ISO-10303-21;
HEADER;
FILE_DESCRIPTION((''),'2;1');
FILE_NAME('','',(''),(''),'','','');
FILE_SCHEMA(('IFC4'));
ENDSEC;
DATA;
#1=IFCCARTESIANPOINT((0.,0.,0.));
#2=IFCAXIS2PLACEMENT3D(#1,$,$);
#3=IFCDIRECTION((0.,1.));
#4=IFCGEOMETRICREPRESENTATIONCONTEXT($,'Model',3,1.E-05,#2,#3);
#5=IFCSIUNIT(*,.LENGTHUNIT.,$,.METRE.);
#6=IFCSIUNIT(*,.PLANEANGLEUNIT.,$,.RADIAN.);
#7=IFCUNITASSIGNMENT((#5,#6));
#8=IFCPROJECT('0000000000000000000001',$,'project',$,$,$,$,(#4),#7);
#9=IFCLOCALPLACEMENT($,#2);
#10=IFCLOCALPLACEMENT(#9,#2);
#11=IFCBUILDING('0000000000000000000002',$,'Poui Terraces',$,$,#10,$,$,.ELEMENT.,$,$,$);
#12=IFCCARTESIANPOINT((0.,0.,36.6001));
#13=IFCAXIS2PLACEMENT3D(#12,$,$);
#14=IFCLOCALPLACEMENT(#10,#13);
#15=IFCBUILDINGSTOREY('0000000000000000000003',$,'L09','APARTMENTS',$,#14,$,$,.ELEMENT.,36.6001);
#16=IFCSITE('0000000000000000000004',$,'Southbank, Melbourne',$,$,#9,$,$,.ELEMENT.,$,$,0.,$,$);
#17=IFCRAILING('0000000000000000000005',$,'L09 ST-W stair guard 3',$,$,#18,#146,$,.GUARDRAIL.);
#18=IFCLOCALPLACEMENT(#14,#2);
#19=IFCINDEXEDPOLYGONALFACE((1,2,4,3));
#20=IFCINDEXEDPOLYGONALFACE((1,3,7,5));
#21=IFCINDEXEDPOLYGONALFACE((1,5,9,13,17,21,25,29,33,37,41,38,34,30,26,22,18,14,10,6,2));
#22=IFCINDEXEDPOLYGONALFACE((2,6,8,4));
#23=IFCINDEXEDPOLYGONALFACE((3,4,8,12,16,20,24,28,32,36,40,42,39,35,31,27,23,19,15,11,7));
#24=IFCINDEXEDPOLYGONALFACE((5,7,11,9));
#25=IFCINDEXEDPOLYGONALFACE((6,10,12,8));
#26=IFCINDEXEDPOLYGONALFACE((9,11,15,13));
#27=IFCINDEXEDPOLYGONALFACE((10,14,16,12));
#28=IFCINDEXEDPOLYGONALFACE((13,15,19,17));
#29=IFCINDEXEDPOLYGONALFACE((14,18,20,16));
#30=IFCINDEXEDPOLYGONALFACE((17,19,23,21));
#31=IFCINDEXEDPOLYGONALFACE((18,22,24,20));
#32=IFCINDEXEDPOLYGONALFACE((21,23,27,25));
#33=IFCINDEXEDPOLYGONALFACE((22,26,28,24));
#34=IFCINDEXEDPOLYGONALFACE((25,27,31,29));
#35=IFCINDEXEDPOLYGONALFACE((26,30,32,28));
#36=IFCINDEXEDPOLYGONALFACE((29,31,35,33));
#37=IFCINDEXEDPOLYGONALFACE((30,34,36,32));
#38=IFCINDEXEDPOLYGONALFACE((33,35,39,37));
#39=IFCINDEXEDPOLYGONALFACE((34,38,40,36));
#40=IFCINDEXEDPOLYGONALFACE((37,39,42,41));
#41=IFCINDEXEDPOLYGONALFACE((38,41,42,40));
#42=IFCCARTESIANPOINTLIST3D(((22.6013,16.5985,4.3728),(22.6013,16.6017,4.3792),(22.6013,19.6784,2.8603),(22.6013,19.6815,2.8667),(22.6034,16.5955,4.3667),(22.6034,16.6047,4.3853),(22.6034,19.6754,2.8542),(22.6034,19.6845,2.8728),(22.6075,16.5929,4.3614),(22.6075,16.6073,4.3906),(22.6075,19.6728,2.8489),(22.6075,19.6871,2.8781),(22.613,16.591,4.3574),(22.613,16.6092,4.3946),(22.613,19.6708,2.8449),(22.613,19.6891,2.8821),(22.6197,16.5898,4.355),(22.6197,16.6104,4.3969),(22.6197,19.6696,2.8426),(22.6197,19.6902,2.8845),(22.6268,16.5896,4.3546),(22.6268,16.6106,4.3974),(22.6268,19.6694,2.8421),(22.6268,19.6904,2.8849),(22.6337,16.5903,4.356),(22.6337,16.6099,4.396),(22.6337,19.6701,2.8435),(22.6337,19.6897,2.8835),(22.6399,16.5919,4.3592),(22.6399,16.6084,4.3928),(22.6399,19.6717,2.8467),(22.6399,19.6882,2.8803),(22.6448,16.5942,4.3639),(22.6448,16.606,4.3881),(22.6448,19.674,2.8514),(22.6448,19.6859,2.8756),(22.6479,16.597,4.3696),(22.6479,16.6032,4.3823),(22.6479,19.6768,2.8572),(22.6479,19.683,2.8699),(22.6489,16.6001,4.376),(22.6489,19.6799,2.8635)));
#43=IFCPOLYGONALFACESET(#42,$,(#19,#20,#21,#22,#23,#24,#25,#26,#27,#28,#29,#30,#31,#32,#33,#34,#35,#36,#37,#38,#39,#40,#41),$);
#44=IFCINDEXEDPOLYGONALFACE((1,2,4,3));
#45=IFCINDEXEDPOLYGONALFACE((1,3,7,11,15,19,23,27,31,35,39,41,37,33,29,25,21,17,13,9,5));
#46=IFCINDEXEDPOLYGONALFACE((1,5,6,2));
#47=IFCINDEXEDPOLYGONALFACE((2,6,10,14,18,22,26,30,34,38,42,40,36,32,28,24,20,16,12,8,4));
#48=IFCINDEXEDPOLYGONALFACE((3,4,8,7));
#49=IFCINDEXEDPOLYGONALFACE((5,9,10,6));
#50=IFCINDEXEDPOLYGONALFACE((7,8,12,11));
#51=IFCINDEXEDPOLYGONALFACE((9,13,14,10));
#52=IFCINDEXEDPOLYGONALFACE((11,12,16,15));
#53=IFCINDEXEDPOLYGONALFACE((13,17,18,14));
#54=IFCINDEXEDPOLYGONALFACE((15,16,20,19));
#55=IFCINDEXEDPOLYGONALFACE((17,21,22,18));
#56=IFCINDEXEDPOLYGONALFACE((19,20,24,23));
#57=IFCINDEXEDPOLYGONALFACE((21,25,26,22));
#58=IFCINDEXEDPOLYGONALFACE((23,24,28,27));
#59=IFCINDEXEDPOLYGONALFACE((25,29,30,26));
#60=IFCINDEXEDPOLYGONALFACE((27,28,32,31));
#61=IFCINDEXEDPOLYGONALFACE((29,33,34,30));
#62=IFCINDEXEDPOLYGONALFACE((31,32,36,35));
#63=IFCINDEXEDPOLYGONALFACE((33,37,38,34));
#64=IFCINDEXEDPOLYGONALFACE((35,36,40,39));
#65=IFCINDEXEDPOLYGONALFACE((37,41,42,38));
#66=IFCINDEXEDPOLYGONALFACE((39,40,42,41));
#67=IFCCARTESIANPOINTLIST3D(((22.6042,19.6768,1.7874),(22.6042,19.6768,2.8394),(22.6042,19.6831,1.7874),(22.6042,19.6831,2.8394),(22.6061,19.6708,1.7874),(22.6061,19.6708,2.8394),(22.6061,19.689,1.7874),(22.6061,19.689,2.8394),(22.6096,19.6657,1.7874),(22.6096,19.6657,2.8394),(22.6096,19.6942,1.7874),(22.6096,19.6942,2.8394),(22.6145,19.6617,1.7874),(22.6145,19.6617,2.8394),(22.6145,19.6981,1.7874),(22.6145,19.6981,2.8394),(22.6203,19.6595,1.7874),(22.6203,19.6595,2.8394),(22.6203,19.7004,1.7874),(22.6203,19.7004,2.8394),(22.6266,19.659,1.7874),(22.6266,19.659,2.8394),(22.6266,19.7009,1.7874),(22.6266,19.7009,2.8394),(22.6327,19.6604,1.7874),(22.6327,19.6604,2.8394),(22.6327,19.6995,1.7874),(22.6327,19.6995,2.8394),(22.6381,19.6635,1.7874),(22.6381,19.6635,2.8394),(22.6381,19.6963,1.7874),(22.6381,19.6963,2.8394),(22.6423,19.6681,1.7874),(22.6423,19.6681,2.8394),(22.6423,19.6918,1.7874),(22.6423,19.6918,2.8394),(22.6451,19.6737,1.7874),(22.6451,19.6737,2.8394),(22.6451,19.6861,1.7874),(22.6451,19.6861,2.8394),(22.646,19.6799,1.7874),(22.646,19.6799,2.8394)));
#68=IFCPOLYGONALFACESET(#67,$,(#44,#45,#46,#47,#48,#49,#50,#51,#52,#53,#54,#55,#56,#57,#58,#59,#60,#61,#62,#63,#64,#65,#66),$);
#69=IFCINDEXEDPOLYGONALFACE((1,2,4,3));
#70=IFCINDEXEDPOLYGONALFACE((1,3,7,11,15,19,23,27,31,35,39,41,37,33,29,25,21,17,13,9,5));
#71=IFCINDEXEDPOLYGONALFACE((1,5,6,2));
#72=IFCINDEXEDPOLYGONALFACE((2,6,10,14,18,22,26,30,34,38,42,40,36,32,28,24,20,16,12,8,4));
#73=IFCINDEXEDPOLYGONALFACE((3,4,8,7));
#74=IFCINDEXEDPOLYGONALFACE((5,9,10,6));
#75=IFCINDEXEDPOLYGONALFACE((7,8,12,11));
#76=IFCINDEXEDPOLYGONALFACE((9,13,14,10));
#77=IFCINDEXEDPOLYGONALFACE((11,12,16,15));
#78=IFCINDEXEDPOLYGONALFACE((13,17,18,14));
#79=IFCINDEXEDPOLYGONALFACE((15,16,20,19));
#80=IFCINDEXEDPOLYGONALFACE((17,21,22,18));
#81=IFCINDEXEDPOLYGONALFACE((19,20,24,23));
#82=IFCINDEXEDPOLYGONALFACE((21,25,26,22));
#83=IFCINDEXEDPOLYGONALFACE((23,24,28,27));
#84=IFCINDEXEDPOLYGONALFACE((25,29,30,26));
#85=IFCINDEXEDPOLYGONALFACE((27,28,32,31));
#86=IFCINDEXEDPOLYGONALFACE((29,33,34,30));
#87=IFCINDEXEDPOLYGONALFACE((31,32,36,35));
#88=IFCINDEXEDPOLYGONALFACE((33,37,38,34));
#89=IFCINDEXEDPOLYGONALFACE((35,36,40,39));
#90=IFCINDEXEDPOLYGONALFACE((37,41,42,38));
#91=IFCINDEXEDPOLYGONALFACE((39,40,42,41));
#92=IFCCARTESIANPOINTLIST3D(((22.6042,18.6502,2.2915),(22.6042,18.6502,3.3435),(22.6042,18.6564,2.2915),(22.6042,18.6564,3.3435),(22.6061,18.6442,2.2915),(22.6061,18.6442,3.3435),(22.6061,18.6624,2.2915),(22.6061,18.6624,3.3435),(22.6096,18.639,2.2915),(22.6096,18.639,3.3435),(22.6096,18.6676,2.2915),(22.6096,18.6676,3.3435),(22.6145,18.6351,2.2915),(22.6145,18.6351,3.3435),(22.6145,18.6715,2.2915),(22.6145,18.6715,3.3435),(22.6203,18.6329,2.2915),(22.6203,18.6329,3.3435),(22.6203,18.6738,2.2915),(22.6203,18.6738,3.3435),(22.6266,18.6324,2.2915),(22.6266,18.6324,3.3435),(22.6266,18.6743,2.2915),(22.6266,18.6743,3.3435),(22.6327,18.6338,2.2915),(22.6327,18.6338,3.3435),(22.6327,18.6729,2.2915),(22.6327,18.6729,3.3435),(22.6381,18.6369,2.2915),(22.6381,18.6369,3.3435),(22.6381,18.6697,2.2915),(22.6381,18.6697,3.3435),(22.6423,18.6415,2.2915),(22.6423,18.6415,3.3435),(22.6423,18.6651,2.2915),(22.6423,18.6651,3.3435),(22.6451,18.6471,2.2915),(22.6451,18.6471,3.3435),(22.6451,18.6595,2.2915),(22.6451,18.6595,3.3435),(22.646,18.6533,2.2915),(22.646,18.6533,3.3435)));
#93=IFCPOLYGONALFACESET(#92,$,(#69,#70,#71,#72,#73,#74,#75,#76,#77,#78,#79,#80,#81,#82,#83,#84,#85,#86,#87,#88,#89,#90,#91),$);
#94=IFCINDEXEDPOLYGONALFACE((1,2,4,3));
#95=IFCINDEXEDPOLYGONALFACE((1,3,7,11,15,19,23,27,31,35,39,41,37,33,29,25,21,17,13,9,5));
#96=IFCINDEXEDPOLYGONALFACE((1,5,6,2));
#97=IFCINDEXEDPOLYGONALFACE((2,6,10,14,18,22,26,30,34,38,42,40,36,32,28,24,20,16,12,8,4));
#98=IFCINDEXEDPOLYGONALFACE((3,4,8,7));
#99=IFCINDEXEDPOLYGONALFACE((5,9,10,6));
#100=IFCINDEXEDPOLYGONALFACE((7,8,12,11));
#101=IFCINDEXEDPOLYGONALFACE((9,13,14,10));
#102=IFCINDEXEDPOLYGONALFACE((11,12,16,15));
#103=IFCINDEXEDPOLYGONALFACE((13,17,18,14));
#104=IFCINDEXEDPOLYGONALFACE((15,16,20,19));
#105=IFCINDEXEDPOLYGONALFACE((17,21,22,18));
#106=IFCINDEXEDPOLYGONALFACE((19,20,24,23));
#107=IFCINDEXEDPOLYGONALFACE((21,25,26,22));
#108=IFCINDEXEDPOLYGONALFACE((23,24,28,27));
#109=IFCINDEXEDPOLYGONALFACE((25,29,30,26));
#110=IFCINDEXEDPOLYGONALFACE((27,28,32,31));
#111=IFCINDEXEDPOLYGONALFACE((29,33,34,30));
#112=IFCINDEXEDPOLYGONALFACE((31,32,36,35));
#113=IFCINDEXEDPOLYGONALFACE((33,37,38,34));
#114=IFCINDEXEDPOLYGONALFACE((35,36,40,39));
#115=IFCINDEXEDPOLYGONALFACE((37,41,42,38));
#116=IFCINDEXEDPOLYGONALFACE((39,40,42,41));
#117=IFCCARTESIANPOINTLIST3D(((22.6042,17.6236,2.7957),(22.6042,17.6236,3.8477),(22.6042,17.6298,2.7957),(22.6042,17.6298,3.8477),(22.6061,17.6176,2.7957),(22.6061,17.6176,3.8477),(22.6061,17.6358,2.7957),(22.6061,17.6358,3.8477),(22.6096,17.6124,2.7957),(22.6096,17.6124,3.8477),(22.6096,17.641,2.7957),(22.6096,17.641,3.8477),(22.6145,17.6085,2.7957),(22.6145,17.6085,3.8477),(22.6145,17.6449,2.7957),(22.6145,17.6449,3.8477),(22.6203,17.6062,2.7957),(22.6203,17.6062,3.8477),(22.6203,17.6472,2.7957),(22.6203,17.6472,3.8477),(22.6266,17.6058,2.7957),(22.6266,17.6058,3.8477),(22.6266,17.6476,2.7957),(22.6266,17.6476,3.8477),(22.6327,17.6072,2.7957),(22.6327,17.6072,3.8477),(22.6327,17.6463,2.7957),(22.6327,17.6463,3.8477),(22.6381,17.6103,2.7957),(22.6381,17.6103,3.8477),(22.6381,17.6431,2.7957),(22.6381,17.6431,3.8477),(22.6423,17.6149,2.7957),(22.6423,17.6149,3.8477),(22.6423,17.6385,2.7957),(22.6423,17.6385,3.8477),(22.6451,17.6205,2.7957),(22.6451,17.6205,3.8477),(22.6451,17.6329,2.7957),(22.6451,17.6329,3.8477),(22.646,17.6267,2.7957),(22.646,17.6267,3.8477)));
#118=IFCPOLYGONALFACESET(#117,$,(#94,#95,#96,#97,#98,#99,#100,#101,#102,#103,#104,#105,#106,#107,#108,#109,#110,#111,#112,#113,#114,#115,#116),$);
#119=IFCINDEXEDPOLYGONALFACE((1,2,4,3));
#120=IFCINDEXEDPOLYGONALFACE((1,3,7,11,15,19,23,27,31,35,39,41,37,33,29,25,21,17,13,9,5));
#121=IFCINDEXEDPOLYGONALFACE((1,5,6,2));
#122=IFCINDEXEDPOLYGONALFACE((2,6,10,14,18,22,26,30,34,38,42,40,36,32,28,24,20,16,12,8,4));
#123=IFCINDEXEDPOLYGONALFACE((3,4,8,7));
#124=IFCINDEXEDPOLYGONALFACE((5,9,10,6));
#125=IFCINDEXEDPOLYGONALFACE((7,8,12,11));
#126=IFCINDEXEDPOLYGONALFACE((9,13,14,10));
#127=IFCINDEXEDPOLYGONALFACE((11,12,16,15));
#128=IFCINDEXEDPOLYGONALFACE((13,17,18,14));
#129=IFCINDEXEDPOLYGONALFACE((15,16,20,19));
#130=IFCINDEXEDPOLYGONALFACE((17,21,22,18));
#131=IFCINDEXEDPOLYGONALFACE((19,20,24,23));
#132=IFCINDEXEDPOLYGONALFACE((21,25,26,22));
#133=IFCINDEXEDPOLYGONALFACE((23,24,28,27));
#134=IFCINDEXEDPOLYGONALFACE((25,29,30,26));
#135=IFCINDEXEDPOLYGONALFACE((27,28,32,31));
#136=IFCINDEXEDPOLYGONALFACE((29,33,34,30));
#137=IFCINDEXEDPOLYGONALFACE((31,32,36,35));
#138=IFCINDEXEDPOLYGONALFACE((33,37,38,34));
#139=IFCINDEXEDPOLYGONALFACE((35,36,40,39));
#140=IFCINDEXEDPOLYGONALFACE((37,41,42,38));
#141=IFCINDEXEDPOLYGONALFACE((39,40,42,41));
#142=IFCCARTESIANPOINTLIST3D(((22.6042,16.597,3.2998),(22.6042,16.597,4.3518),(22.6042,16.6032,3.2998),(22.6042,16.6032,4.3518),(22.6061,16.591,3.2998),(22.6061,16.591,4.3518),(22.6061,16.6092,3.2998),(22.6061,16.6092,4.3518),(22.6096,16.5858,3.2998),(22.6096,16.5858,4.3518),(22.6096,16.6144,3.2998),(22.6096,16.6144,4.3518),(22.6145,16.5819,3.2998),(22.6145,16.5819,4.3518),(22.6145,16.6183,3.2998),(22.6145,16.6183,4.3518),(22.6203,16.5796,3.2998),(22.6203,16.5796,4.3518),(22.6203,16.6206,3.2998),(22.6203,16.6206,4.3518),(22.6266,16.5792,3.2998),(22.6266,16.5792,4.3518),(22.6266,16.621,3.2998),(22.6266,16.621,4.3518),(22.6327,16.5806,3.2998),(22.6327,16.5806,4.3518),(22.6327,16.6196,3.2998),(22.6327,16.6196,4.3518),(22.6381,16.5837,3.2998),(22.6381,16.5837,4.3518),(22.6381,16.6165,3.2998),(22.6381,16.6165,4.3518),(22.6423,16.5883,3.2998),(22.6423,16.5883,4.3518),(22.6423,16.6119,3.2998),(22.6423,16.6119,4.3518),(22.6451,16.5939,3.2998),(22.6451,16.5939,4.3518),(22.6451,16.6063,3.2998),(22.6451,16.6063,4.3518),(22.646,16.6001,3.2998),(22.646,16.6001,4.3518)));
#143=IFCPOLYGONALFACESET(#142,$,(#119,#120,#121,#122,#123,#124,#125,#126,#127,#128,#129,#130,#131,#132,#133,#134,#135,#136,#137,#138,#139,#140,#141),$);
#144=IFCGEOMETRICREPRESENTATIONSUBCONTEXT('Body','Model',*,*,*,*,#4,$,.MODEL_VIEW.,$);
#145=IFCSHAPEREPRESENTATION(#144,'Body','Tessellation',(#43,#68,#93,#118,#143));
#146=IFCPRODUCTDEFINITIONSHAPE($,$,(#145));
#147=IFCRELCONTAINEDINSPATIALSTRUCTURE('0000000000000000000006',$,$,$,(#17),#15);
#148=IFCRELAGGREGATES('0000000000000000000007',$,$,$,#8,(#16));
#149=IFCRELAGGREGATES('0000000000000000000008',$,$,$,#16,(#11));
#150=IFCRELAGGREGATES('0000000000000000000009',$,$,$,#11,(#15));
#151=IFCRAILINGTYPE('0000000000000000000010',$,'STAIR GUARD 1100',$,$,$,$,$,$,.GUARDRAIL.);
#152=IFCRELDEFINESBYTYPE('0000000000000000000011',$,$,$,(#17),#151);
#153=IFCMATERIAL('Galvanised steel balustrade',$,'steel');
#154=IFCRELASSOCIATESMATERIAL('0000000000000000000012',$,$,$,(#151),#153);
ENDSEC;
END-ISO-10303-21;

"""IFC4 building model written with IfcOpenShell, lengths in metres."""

from ifc_helpers import new_model, si_unit, direction, frame, origin, origin_2d, place, context, subcontext, project, spatial, circle, extrude, material, type_object, element, save


model = new_model("IFC4")

# Units and contexts
model_context = context("Model", 3, precision=1e-05, world=origin(), true_north=direction((0.0, 1.0)))
body_context = subcontext(model_context, "Body", "Model", "MODEL_VIEW")
ifc_project = project(units=[si_unit("LENGTHUNIT", "METRE"), si_unit("PLANEANGLEUNIT", "RADIAN")], contexts=[model_context])

# Site, building, storey
site_placement = place(None, origin())
site = spatial("IfcSite", under=ifc_project, at=site_placement, Name="Southbank, Melbourne", CompositionType="ELEMENT", RefElevation=0.0)
building_placement = place(site_placement, origin())
building = spatial("IfcBuilding", under=site, at=building_placement, Name="Poui Terraces", CompositionType="ELEMENT")
storey_placement = place(building_placement, frame((0.0, 0.0, 36.6001)))
storey = spatial("IfcBuildingStorey", under=building, at=storey_placement, Name="L09", Description="APARTMENTS", CompositionType="ELEMENT", Elevation=36.6001)

# Railing
ifc_material_1 = material(Name="Galvanised steel balustrade", Category="steel")
railing_type_1 = type_object("IfcRailingType", Name="STAIR GUARD 1100", PredefinedType="GUARDRAIL", material=ifc_material_1)
railing_1_placement = place(storey_placement, frame((22.625, 19.6799, 1.7874)))
element("IfcRailing", 1, at=railing_1_placement, inside=storey, type_object=railing_type_1, Name="L09 ST-W stair guard 3", PredefinedType="GUARDRAIL", context=body_context, shape_type="SweptSolid", body=[
    extrude(circle(Radius=0.0239, at=origin_2d()), frame((0.0, 0.0, 1.0762), z_axis=(0.0, -0.897606, 0.440798), x_axis=(1.0, 0.0, 0.0)), (0.0, 0.0, 1.0), 3.4312),
    extrude(circle(Radius=0.021, at=origin_2d()), origin(), (0.0, 0.0, 1.0), 1.052),
    extrude(circle(Radius=0.021, at=origin_2d()), frame((0.0, -1.0266, 0.5042)), (0.0, 0.0, 1.0), 1.052),
    extrude(circle(Radius=0.021, at=origin_2d()), frame((0.0, -2.0532, 1.0083)), (0.0, 0.0, 1.0), 1.052),
    extrude(circle(Radius=0.021, at=origin_2d()), frame((0.0, -3.0798, 1.5125)), (0.0, 0.0, 1.0), 1.052),
])

save(model, "model.ifc")
